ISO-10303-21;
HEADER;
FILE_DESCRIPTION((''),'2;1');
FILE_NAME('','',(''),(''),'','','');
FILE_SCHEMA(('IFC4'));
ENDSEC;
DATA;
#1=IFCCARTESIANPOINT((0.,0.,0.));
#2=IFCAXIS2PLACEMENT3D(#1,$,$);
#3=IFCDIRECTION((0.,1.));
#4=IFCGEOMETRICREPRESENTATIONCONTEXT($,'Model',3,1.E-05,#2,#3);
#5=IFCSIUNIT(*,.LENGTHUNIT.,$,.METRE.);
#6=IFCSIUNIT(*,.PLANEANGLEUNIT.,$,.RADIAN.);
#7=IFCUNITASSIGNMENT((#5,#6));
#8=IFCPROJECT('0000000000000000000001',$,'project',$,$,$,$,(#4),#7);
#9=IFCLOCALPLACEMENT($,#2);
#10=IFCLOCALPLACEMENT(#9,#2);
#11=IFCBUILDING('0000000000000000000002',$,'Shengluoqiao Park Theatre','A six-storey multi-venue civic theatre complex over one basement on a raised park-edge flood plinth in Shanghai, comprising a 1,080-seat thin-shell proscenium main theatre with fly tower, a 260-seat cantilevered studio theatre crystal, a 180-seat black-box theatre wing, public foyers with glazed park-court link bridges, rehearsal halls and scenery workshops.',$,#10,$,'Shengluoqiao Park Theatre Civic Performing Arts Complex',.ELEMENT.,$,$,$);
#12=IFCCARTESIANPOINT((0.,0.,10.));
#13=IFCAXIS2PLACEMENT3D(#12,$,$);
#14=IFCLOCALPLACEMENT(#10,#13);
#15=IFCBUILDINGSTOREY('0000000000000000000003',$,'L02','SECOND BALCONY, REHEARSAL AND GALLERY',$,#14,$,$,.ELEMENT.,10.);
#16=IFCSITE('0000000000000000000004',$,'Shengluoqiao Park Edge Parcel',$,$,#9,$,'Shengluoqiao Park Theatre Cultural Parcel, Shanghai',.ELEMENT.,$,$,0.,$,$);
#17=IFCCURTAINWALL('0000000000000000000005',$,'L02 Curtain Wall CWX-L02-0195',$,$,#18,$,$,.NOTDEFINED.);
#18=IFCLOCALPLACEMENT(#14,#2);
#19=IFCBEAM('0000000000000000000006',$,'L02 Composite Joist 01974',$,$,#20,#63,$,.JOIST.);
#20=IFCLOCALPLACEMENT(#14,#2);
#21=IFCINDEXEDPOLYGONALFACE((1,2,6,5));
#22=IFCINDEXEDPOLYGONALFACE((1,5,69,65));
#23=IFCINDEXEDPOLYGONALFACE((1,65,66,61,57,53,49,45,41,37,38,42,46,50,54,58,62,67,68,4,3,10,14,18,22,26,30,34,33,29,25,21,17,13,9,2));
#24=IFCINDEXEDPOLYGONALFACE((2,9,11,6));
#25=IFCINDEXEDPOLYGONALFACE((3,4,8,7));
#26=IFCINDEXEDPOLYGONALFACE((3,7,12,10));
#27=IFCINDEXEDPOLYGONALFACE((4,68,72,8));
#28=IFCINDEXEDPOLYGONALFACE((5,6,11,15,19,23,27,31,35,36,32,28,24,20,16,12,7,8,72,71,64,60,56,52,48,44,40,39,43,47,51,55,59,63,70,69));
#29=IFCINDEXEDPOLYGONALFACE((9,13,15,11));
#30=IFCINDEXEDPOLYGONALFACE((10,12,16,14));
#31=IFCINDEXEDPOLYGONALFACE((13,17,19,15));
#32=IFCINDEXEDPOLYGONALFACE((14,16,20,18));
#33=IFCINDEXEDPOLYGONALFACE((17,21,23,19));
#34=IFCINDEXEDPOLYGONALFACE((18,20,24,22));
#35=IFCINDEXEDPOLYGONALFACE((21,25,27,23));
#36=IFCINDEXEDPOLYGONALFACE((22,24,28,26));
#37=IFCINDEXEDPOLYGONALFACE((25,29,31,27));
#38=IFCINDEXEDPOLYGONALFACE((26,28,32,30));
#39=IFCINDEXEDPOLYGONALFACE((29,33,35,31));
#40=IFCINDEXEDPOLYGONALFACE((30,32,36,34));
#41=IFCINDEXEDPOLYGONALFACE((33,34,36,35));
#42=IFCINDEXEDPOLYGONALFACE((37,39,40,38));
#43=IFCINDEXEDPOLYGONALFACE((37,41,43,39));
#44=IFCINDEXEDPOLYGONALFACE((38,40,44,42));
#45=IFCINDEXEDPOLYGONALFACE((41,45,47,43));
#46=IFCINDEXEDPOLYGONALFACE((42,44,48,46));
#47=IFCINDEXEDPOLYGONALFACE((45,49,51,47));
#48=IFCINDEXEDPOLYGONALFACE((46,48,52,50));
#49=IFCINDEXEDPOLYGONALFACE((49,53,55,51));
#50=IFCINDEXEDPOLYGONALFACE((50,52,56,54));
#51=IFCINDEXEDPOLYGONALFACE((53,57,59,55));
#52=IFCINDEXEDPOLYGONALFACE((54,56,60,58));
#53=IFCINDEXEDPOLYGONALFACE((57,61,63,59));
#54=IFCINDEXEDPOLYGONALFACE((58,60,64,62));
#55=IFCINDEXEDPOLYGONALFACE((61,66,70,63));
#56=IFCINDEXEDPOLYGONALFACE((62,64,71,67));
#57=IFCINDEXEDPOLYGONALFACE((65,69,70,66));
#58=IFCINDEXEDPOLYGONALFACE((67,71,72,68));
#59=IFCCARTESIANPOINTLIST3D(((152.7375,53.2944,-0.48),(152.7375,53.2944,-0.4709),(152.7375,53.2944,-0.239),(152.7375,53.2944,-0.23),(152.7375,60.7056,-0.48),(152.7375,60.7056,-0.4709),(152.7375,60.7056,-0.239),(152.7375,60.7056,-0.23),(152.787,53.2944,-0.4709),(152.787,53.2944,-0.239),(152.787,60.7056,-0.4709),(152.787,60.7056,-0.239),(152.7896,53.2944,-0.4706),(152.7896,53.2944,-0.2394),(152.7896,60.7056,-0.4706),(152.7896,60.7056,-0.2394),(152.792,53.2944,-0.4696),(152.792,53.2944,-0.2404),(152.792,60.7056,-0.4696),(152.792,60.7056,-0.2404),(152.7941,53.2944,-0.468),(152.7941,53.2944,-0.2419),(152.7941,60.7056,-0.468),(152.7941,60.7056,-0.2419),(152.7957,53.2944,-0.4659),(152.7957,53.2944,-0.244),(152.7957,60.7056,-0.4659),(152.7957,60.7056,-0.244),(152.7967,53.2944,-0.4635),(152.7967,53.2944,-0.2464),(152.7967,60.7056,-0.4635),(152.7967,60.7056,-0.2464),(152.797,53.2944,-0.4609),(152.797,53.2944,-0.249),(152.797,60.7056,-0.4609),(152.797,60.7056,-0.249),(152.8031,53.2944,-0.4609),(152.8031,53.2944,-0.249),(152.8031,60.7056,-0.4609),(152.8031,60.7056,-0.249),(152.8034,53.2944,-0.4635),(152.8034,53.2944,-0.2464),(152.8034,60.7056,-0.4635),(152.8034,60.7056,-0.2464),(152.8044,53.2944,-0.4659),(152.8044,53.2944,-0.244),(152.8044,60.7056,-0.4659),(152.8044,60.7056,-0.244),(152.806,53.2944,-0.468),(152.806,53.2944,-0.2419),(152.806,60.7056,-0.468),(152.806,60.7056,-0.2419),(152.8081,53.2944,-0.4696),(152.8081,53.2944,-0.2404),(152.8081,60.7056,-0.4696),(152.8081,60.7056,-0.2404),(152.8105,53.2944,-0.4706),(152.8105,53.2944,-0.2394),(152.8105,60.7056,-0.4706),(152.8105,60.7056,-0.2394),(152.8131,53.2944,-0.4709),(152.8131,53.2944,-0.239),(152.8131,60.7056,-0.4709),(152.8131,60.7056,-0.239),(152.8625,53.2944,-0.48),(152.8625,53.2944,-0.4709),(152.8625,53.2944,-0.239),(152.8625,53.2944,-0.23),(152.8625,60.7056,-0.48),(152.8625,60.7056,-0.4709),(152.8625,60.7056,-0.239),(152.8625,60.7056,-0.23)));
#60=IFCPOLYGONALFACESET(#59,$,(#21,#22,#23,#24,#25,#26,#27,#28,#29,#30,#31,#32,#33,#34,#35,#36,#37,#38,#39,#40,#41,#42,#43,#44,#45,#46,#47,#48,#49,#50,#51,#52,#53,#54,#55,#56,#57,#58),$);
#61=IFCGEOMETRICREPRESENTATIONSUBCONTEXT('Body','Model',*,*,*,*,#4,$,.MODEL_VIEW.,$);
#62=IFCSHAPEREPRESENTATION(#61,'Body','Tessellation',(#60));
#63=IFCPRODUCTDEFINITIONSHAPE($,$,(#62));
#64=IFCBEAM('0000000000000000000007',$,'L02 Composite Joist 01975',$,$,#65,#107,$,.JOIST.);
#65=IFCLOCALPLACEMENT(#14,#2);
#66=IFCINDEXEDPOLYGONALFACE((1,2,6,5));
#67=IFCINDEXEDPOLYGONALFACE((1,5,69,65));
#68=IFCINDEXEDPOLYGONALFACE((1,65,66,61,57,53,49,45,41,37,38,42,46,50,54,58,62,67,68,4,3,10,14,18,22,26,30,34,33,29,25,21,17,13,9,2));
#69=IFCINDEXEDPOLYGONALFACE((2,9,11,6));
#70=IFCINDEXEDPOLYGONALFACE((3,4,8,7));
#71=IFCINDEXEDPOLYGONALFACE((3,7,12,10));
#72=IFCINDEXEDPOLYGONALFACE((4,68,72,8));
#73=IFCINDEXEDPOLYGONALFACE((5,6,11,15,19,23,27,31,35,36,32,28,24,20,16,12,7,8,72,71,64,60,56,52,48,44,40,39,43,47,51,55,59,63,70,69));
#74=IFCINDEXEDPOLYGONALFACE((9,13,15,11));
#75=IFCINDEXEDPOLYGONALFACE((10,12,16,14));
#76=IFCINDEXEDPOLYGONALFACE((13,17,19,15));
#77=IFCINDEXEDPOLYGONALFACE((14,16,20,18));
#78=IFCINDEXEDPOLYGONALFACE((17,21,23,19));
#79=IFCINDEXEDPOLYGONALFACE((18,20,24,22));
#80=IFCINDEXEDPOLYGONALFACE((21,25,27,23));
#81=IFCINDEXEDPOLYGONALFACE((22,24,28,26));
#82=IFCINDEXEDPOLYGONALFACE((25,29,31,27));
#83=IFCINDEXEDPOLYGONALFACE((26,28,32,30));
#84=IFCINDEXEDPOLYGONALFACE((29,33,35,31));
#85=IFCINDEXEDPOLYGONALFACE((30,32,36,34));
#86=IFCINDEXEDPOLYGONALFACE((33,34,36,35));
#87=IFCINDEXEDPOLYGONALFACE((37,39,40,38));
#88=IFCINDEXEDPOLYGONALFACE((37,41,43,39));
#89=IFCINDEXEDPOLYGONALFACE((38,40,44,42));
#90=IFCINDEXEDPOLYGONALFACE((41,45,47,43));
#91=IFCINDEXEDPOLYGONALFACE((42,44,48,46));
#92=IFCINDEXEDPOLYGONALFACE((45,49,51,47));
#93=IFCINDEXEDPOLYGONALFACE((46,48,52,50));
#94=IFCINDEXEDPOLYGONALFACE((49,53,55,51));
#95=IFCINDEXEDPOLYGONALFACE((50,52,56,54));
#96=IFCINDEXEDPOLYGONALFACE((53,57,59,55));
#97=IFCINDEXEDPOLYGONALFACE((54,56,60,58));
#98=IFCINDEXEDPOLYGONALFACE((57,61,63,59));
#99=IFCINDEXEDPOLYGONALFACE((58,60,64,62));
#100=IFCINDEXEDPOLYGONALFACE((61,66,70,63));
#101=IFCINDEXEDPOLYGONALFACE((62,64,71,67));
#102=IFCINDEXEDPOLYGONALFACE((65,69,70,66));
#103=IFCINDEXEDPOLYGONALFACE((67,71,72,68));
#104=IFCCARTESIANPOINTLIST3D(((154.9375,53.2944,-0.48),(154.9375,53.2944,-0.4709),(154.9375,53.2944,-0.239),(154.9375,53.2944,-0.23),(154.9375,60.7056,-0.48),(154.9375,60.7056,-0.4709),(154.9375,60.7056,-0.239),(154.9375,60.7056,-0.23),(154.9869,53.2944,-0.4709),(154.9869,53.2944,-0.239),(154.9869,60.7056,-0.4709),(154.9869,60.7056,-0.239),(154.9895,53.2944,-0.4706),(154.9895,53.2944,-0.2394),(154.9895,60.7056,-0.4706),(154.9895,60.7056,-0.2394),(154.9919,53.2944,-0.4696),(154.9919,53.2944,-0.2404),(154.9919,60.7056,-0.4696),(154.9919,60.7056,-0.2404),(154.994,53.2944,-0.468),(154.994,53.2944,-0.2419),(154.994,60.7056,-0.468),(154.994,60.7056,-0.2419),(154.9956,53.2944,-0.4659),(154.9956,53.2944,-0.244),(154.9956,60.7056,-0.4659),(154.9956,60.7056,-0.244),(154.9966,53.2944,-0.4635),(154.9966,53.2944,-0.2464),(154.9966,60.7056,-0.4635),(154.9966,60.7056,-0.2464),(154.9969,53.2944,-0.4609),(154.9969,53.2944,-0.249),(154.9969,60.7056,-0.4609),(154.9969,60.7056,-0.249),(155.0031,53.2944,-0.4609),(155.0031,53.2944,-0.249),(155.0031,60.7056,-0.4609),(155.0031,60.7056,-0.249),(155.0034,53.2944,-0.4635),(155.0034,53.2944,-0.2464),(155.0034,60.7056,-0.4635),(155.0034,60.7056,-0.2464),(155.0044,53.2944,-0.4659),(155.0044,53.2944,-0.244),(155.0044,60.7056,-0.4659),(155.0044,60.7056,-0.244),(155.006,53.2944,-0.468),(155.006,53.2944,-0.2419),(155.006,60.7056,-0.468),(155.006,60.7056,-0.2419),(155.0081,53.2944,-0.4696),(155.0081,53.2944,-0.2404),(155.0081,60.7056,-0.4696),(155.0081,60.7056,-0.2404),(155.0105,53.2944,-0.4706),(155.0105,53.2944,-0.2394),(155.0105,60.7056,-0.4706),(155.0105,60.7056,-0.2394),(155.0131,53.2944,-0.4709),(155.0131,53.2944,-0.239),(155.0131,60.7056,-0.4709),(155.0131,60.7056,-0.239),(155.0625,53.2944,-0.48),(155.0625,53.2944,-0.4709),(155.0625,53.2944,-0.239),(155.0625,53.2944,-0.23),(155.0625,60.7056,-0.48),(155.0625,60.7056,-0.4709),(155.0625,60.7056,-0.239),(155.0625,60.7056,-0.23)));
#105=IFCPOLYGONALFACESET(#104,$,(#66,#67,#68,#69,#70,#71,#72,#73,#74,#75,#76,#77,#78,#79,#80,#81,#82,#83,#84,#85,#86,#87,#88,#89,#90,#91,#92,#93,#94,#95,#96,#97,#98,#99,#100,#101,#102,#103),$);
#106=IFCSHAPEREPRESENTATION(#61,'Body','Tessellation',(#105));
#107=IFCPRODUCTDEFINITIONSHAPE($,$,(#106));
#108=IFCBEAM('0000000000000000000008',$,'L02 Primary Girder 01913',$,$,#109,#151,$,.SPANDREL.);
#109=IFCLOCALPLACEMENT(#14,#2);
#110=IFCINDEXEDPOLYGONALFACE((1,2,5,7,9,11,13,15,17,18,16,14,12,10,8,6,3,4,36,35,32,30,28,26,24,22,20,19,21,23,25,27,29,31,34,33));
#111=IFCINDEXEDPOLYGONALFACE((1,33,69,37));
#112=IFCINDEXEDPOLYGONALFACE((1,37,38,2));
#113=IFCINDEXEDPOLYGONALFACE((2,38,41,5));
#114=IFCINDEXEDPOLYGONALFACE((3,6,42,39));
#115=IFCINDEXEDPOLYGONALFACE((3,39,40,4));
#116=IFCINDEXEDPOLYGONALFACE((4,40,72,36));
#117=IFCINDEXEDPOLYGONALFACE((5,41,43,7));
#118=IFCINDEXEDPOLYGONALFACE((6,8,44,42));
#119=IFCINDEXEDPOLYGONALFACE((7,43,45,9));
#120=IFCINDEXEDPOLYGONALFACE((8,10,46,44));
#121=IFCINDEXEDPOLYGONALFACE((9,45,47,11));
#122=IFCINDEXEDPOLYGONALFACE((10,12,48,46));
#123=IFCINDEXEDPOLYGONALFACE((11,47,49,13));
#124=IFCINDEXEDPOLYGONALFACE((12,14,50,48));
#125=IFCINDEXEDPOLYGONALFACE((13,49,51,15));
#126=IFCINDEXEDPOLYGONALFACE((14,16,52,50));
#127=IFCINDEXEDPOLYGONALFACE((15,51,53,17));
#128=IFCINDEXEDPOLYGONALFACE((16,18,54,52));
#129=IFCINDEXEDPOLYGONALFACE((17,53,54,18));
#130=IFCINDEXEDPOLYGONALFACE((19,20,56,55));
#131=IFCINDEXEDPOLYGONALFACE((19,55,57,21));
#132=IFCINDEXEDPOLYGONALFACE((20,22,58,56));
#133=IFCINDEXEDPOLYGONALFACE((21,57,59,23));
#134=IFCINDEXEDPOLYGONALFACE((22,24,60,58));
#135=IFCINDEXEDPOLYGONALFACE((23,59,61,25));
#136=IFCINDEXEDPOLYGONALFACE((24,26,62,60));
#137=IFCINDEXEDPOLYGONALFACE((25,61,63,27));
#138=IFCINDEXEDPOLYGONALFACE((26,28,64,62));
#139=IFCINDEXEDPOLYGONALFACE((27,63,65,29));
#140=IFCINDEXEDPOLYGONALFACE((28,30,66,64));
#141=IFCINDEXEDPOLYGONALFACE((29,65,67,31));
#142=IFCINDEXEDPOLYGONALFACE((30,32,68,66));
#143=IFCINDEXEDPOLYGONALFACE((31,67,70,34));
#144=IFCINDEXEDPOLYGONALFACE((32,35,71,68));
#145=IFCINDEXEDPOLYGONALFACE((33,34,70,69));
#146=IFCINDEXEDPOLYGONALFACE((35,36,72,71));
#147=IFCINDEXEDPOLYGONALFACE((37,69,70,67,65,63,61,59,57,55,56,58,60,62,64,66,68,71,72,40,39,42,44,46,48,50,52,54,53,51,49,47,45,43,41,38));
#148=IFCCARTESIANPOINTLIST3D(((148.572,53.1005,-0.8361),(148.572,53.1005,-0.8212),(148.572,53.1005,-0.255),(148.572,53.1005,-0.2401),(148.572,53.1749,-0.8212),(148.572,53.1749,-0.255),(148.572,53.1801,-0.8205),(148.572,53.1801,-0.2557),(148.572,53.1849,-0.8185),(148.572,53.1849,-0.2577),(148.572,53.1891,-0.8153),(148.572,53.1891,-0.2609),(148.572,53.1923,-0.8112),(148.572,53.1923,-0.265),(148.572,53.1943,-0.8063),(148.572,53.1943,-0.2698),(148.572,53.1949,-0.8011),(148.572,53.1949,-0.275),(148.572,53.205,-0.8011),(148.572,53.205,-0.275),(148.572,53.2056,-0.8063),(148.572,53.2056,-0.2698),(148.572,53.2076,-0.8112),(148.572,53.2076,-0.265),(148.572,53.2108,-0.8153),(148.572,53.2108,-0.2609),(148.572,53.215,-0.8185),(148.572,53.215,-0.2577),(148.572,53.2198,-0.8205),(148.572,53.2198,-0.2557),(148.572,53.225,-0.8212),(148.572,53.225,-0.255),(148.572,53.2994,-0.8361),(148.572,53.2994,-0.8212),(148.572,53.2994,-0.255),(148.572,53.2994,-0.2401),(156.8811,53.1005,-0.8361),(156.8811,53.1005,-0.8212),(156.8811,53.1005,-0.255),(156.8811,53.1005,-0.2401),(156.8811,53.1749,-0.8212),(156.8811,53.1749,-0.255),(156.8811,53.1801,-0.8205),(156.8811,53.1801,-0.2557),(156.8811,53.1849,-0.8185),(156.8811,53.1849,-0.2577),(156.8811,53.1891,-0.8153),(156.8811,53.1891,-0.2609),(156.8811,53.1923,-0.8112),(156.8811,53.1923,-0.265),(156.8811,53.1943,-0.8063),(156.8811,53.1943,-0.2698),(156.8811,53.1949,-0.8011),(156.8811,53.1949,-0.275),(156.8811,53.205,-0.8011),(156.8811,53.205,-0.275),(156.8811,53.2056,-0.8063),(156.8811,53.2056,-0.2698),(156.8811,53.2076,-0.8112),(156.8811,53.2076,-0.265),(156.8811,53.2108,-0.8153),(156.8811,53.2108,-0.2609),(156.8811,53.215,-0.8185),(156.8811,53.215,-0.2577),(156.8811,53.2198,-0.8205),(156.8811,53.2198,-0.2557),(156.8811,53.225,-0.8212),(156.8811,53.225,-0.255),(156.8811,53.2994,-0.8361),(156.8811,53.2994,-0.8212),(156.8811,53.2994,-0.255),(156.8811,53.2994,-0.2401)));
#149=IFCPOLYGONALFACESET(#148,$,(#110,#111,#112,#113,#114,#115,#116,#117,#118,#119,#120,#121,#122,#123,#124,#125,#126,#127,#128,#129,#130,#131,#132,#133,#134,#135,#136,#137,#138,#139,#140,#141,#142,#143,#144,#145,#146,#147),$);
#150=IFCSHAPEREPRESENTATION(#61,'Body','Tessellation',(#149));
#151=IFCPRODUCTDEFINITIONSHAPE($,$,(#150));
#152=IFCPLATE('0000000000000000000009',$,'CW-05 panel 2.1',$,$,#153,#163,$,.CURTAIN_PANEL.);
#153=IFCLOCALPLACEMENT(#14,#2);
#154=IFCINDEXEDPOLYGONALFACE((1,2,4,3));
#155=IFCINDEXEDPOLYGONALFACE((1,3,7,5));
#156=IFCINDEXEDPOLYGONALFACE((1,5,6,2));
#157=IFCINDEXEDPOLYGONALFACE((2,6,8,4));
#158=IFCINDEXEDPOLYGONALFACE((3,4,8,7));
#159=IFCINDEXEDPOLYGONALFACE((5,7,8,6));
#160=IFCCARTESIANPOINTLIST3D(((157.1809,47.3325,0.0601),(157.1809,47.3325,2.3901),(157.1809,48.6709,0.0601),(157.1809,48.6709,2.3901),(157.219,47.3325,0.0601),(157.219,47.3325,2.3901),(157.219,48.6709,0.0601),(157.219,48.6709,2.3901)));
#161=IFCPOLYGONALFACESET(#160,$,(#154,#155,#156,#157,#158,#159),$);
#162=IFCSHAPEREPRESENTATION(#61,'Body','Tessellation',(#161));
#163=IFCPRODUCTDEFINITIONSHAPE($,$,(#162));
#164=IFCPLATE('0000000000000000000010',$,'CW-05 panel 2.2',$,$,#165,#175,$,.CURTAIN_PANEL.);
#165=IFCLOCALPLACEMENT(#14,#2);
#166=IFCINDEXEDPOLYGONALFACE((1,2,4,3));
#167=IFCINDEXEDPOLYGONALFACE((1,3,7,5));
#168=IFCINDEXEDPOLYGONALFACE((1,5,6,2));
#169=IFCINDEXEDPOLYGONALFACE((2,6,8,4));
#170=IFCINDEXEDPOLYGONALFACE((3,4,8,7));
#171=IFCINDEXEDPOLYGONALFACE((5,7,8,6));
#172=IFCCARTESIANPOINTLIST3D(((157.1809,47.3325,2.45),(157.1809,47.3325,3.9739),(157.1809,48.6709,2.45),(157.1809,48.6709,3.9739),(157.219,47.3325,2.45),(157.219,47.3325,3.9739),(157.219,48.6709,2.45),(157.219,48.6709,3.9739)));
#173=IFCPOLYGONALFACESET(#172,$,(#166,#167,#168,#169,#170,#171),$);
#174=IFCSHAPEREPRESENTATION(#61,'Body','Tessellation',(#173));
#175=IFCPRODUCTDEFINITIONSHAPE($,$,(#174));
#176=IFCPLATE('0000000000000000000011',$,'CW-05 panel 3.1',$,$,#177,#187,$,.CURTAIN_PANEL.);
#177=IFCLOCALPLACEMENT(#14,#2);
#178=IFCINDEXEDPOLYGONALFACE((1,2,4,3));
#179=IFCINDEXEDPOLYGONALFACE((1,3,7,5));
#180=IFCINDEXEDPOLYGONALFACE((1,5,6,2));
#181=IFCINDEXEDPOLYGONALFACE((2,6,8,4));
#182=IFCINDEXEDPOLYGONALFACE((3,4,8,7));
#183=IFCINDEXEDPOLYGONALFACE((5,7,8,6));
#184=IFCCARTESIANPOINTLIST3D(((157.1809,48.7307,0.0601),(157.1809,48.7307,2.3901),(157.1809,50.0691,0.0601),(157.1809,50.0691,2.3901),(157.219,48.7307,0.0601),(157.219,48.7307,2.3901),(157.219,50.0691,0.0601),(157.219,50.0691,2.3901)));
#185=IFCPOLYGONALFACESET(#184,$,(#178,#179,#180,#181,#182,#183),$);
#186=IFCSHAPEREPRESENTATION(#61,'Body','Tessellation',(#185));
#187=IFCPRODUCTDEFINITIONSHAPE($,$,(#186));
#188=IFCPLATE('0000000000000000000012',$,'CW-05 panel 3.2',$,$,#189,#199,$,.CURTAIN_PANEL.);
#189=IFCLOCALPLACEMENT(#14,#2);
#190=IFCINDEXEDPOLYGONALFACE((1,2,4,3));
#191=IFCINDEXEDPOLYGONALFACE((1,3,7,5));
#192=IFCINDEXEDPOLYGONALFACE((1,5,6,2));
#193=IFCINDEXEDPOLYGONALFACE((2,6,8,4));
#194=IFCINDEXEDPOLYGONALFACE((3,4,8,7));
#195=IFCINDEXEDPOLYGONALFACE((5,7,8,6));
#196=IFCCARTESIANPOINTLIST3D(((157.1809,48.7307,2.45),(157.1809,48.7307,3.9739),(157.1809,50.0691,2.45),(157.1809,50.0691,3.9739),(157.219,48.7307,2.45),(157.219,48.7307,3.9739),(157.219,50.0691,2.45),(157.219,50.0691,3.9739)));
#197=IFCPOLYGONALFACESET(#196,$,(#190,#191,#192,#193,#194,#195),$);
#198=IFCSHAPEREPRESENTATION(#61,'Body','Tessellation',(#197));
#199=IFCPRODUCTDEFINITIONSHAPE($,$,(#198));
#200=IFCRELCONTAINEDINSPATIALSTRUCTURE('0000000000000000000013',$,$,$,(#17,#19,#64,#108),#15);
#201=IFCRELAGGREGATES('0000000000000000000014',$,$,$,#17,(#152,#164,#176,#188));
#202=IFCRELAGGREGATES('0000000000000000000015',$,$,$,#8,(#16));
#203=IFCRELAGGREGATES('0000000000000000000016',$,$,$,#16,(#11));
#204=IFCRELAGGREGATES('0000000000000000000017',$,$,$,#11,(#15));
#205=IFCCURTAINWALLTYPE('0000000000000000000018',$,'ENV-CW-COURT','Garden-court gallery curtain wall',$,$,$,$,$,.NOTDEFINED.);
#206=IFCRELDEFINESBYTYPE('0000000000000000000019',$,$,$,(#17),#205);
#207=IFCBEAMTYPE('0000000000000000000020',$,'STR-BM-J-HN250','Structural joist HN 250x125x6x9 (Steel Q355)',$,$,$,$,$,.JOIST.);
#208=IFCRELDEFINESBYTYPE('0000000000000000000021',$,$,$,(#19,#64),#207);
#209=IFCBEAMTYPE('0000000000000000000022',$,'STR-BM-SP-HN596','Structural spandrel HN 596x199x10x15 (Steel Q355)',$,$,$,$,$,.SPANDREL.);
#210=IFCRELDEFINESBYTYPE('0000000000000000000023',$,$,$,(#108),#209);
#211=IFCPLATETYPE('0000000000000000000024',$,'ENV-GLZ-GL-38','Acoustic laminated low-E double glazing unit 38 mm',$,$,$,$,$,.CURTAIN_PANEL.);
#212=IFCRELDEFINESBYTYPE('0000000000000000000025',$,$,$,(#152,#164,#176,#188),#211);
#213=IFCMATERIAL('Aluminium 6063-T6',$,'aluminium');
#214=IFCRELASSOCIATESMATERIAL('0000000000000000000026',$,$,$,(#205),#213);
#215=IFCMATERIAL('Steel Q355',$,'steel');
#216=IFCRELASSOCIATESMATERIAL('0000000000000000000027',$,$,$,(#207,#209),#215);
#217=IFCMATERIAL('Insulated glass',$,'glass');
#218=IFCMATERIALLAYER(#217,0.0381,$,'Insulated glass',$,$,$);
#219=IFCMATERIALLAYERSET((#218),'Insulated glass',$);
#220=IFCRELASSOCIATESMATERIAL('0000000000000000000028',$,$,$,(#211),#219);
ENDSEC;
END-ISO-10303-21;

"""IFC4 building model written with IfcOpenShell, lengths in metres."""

from ifc_helpers import new_model, si_unit, direction, frame, origin, origin_2d, place, context, subcontext, project, spatial, rectangle, i_section, extrude, material, layer, layer_set, material_profile, profile_set, type_object, element, aggregate, save


model = new_model("IFC4")

# Units and contexts
model_context = context("Model", 3, precision=1e-05, world=origin(), true_north=direction((0.0, 1.0)))
body_context = subcontext(model_context, "Body", "Model", "MODEL_VIEW")
ifc_project = project(units=[si_unit("LENGTHUNIT", "METRE"), si_unit("PLANEANGLEUNIT", "RADIAN")], contexts=[model_context])

# Site, building, storey
site_placement = place(None, origin())
site = spatial("IfcSite", under=ifc_project, at=site_placement, Name="Shengluoqiao Park Edge Parcel", LongName="Shengluoqiao Park Theatre Cultural Parcel, Shanghai", CompositionType="ELEMENT", RefElevation=0.0)
building_placement = place(site_placement, origin())
building = spatial("IfcBuilding", under=site, at=building_placement, Name="Shengluoqiao Park Theatre", Description="A six-storey multi-venue civic theatre complex over one basement on a raised park-edge flood plinth in Shanghai, comprising a 1,080-seat thin-shell proscenium main theatre with fly tower, a 260-seat cantilevered studio theatre crystal, a 180-seat black-box theatre wing, public foyers with glazed park-court link bridges, rehearsal halls and scenery workshops.", LongName="Shengluoqiao Park Theatre Civic Performing Arts Complex", CompositionType="ELEMENT")
storey_placement = place(building_placement, frame((0.0, 0.0, 10.0)))
storey = spatial("IfcBuildingStorey", under=building, at=storey_placement, Name="L02", Description="SECOND BALCONY, REHEARSAL AND GALLERY", CompositionType="ELEMENT", Elevation=10.0)

# Curtain wall
ifc_material_1 = material(Name="Aluminium 6063-T6", Category="aluminium")
curtain_wall_type = type_object("IfcCurtainWallType", Name="ENV-CW-COURT", Description="Garden-court gallery curtain wall", PredefinedType="NOTDEFINED", material=ifc_material_1)
curtain_wall_placement = place(storey_placement, origin())
curtain_wall = element("IfcCurtainWall", 1, at=curtain_wall_placement, inside=storey, type_object=curtain_wall_type, Name="L02 Curtain Wall CWX-L02-0195", PredefinedType="NOTDEFINED")

# Beams
ifc_material_2 = material(Name="Steel Q355", Category="steel")
ifc_material_profile_1 = material_profile(ifc_material_2, i_section(OverallWidth=0.125, OverallDepth=0.25, WebThickness=0.0061, FlangeThickness=0.009, FilletRadius=0.01, at=origin_2d()), Name="HN 250x125x6x9")
ifc_profile_set_1 = profile_set([ifc_material_profile_1], Name="Steel Q355")
beam_type_1 = type_object("IfcBeamType", Name="STR-BM-J-HN250", Description="Structural joist HN 250x125x6x9 (Steel Q355)", PredefinedType="JOIST", material=ifc_profile_set_1)
for number, where, z_axis, x_axis, name in (
    (2, (152.8, 53.2944, -0.355), (0.0, 1.0, 0.0), (-1.0, 0.0, 0.0), "L02 Composite Joist 01974"),
    (3, (155.0, 53.2944, -0.355), (0.0, 1.0, 0.0), (-1.0, 0.0, 0.0), "L02 Composite Joist 01975"),
):
    element("IfcBeam", number, at=place(storey_placement, frame(where, z_axis=z_axis, x_axis=x_axis)), inside=storey, type_object=beam_type_1, Name=name, PredefinedType="JOIST", context=body_context, shape_type="SweptSolid", body=[
        extrude(i_section(OverallWidth=0.125, OverallDepth=0.25, WebThickness=0.0061, FlangeThickness=0.009, FilletRadius=0.01, at=origin_2d()), origin(), (0.0, 0.0, 1.0), 7.4111),
    ])
ifc_material_profile_2 = material_profile(ifc_material_2, i_section(OverallWidth=0.199, OverallDepth=0.5959, WebThickness=0.01, FlangeThickness=0.0149, FilletRadius=0.02, at=origin_2d()), Name="HN 596x199x10x15")
ifc_profile_set_2 = profile_set([ifc_material_profile_2], Name="Steel Q355")
beam_type_2 = type_object("IfcBeamType", Name="STR-BM-SP-HN596", Description="Structural spandrel HN 596x199x10x15 (Steel Q355)", PredefinedType="SPANDREL", material=ifc_profile_set_2)
beam_1_placement = place(storey_placement, frame((148.572, 53.2, -0.5381), z_axis=(1.0, 0.0, 0.0), x_axis=(0.0, 1.0, 0.0)))
element("IfcBeam", 4, at=beam_1_placement, inside=storey, type_object=beam_type_2, Name="L02 Primary Girder 01913", PredefinedType="SPANDREL", context=body_context, shape_type="SweptSolid", body=[
    extrude(i_section(OverallWidth=0.199, OverallDepth=0.5959, WebThickness=0.01, FlangeThickness=0.0149, FilletRadius=0.02, at=origin_2d()), origin(), (0.0, 0.0, 1.0), 8.3091),
])

# Plates
ifc_material_3 = material(Name="Insulated glass", Category="glass")
ifc_layer = layer(ifc_material_3, 0.0381, Name="Insulated glass")
ifc_layer_set = layer_set([ifc_layer], Name="Insulated glass")
plate_type = type_object("IfcPlateType", Name="ENV-GLZ-GL-38", Description="Acoustic laminated low-E double glazing unit 38 mm", PredefinedType="CURTAIN_PANEL", material=ifc_layer_set)
plate_1_placement = place(storey_placement, frame((157.2, 48.0017, 0.0601), z_axis=(0.0, 0.0, 1.0), x_axis=(0.0, 1.0, 0.0)))
plate_1 = element("IfcPlate", 5, at=plate_1_placement, type_object=plate_type, Name="CW-05 panel 2.1", PredefinedType="CURTAIN_PANEL", context=body_context, shape_type="SweptSolid", body=[
    extrude(rectangle(XDim=1.3384, YDim=0.0381, at=origin_2d()), origin(), (0.0, 0.0, 1.0), 2.3301),
])
plate_2_placement = place(storey_placement, frame((157.2, 48.0017, 2.45), z_axis=(0.0, 0.0, 1.0), x_axis=(0.0, 1.0, 0.0)))
plate_2 = element("IfcPlate", 6, at=plate_2_placement, type_object=plate_type, Name="CW-05 panel 2.2", PredefinedType="CURTAIN_PANEL", context=body_context, shape_type="SweptSolid", body=[
    extrude(rectangle(XDim=1.3384, YDim=0.0381, at=origin_2d()), origin(), (0.0, 0.0, 1.0), 1.5239),
])
plate_3_placement = place(storey_placement, frame((157.2, 49.3999, 0.0601), z_axis=(0.0, 0.0, 1.0), x_axis=(0.0, 1.0, 0.0)))
plate_3 = element("IfcPlate", 7, at=plate_3_placement, type_object=plate_type, Name="CW-05 panel 3.1", PredefinedType="CURTAIN_PANEL", context=body_context, shape_type="SweptSolid", body=[
    extrude(rectangle(XDim=1.3384, YDim=0.0381, at=origin_2d()), origin(), (0.0, 0.0, 1.0), 2.3301),
])
plate_4_placement = place(storey_placement, frame((157.2, 49.3999, 2.45), z_axis=(0.0, 0.0, 1.0), x_axis=(0.0, 1.0, 0.0)))
plate_4 = element("IfcPlate", 8, at=plate_4_placement, type_object=plate_type, Name="CW-05 panel 3.2", PredefinedType="CURTAIN_PANEL", context=body_context, shape_type="SweptSolid", body=[
    extrude(rectangle(XDim=1.3384, YDim=0.0381, at=origin_2d()), origin(), (0.0, 0.0, 1.0), 1.5239),
])
aggregate(curtain_wall, [plate_1, plate_2, plate_3, plate_4])

save(model, "model.ifc")
